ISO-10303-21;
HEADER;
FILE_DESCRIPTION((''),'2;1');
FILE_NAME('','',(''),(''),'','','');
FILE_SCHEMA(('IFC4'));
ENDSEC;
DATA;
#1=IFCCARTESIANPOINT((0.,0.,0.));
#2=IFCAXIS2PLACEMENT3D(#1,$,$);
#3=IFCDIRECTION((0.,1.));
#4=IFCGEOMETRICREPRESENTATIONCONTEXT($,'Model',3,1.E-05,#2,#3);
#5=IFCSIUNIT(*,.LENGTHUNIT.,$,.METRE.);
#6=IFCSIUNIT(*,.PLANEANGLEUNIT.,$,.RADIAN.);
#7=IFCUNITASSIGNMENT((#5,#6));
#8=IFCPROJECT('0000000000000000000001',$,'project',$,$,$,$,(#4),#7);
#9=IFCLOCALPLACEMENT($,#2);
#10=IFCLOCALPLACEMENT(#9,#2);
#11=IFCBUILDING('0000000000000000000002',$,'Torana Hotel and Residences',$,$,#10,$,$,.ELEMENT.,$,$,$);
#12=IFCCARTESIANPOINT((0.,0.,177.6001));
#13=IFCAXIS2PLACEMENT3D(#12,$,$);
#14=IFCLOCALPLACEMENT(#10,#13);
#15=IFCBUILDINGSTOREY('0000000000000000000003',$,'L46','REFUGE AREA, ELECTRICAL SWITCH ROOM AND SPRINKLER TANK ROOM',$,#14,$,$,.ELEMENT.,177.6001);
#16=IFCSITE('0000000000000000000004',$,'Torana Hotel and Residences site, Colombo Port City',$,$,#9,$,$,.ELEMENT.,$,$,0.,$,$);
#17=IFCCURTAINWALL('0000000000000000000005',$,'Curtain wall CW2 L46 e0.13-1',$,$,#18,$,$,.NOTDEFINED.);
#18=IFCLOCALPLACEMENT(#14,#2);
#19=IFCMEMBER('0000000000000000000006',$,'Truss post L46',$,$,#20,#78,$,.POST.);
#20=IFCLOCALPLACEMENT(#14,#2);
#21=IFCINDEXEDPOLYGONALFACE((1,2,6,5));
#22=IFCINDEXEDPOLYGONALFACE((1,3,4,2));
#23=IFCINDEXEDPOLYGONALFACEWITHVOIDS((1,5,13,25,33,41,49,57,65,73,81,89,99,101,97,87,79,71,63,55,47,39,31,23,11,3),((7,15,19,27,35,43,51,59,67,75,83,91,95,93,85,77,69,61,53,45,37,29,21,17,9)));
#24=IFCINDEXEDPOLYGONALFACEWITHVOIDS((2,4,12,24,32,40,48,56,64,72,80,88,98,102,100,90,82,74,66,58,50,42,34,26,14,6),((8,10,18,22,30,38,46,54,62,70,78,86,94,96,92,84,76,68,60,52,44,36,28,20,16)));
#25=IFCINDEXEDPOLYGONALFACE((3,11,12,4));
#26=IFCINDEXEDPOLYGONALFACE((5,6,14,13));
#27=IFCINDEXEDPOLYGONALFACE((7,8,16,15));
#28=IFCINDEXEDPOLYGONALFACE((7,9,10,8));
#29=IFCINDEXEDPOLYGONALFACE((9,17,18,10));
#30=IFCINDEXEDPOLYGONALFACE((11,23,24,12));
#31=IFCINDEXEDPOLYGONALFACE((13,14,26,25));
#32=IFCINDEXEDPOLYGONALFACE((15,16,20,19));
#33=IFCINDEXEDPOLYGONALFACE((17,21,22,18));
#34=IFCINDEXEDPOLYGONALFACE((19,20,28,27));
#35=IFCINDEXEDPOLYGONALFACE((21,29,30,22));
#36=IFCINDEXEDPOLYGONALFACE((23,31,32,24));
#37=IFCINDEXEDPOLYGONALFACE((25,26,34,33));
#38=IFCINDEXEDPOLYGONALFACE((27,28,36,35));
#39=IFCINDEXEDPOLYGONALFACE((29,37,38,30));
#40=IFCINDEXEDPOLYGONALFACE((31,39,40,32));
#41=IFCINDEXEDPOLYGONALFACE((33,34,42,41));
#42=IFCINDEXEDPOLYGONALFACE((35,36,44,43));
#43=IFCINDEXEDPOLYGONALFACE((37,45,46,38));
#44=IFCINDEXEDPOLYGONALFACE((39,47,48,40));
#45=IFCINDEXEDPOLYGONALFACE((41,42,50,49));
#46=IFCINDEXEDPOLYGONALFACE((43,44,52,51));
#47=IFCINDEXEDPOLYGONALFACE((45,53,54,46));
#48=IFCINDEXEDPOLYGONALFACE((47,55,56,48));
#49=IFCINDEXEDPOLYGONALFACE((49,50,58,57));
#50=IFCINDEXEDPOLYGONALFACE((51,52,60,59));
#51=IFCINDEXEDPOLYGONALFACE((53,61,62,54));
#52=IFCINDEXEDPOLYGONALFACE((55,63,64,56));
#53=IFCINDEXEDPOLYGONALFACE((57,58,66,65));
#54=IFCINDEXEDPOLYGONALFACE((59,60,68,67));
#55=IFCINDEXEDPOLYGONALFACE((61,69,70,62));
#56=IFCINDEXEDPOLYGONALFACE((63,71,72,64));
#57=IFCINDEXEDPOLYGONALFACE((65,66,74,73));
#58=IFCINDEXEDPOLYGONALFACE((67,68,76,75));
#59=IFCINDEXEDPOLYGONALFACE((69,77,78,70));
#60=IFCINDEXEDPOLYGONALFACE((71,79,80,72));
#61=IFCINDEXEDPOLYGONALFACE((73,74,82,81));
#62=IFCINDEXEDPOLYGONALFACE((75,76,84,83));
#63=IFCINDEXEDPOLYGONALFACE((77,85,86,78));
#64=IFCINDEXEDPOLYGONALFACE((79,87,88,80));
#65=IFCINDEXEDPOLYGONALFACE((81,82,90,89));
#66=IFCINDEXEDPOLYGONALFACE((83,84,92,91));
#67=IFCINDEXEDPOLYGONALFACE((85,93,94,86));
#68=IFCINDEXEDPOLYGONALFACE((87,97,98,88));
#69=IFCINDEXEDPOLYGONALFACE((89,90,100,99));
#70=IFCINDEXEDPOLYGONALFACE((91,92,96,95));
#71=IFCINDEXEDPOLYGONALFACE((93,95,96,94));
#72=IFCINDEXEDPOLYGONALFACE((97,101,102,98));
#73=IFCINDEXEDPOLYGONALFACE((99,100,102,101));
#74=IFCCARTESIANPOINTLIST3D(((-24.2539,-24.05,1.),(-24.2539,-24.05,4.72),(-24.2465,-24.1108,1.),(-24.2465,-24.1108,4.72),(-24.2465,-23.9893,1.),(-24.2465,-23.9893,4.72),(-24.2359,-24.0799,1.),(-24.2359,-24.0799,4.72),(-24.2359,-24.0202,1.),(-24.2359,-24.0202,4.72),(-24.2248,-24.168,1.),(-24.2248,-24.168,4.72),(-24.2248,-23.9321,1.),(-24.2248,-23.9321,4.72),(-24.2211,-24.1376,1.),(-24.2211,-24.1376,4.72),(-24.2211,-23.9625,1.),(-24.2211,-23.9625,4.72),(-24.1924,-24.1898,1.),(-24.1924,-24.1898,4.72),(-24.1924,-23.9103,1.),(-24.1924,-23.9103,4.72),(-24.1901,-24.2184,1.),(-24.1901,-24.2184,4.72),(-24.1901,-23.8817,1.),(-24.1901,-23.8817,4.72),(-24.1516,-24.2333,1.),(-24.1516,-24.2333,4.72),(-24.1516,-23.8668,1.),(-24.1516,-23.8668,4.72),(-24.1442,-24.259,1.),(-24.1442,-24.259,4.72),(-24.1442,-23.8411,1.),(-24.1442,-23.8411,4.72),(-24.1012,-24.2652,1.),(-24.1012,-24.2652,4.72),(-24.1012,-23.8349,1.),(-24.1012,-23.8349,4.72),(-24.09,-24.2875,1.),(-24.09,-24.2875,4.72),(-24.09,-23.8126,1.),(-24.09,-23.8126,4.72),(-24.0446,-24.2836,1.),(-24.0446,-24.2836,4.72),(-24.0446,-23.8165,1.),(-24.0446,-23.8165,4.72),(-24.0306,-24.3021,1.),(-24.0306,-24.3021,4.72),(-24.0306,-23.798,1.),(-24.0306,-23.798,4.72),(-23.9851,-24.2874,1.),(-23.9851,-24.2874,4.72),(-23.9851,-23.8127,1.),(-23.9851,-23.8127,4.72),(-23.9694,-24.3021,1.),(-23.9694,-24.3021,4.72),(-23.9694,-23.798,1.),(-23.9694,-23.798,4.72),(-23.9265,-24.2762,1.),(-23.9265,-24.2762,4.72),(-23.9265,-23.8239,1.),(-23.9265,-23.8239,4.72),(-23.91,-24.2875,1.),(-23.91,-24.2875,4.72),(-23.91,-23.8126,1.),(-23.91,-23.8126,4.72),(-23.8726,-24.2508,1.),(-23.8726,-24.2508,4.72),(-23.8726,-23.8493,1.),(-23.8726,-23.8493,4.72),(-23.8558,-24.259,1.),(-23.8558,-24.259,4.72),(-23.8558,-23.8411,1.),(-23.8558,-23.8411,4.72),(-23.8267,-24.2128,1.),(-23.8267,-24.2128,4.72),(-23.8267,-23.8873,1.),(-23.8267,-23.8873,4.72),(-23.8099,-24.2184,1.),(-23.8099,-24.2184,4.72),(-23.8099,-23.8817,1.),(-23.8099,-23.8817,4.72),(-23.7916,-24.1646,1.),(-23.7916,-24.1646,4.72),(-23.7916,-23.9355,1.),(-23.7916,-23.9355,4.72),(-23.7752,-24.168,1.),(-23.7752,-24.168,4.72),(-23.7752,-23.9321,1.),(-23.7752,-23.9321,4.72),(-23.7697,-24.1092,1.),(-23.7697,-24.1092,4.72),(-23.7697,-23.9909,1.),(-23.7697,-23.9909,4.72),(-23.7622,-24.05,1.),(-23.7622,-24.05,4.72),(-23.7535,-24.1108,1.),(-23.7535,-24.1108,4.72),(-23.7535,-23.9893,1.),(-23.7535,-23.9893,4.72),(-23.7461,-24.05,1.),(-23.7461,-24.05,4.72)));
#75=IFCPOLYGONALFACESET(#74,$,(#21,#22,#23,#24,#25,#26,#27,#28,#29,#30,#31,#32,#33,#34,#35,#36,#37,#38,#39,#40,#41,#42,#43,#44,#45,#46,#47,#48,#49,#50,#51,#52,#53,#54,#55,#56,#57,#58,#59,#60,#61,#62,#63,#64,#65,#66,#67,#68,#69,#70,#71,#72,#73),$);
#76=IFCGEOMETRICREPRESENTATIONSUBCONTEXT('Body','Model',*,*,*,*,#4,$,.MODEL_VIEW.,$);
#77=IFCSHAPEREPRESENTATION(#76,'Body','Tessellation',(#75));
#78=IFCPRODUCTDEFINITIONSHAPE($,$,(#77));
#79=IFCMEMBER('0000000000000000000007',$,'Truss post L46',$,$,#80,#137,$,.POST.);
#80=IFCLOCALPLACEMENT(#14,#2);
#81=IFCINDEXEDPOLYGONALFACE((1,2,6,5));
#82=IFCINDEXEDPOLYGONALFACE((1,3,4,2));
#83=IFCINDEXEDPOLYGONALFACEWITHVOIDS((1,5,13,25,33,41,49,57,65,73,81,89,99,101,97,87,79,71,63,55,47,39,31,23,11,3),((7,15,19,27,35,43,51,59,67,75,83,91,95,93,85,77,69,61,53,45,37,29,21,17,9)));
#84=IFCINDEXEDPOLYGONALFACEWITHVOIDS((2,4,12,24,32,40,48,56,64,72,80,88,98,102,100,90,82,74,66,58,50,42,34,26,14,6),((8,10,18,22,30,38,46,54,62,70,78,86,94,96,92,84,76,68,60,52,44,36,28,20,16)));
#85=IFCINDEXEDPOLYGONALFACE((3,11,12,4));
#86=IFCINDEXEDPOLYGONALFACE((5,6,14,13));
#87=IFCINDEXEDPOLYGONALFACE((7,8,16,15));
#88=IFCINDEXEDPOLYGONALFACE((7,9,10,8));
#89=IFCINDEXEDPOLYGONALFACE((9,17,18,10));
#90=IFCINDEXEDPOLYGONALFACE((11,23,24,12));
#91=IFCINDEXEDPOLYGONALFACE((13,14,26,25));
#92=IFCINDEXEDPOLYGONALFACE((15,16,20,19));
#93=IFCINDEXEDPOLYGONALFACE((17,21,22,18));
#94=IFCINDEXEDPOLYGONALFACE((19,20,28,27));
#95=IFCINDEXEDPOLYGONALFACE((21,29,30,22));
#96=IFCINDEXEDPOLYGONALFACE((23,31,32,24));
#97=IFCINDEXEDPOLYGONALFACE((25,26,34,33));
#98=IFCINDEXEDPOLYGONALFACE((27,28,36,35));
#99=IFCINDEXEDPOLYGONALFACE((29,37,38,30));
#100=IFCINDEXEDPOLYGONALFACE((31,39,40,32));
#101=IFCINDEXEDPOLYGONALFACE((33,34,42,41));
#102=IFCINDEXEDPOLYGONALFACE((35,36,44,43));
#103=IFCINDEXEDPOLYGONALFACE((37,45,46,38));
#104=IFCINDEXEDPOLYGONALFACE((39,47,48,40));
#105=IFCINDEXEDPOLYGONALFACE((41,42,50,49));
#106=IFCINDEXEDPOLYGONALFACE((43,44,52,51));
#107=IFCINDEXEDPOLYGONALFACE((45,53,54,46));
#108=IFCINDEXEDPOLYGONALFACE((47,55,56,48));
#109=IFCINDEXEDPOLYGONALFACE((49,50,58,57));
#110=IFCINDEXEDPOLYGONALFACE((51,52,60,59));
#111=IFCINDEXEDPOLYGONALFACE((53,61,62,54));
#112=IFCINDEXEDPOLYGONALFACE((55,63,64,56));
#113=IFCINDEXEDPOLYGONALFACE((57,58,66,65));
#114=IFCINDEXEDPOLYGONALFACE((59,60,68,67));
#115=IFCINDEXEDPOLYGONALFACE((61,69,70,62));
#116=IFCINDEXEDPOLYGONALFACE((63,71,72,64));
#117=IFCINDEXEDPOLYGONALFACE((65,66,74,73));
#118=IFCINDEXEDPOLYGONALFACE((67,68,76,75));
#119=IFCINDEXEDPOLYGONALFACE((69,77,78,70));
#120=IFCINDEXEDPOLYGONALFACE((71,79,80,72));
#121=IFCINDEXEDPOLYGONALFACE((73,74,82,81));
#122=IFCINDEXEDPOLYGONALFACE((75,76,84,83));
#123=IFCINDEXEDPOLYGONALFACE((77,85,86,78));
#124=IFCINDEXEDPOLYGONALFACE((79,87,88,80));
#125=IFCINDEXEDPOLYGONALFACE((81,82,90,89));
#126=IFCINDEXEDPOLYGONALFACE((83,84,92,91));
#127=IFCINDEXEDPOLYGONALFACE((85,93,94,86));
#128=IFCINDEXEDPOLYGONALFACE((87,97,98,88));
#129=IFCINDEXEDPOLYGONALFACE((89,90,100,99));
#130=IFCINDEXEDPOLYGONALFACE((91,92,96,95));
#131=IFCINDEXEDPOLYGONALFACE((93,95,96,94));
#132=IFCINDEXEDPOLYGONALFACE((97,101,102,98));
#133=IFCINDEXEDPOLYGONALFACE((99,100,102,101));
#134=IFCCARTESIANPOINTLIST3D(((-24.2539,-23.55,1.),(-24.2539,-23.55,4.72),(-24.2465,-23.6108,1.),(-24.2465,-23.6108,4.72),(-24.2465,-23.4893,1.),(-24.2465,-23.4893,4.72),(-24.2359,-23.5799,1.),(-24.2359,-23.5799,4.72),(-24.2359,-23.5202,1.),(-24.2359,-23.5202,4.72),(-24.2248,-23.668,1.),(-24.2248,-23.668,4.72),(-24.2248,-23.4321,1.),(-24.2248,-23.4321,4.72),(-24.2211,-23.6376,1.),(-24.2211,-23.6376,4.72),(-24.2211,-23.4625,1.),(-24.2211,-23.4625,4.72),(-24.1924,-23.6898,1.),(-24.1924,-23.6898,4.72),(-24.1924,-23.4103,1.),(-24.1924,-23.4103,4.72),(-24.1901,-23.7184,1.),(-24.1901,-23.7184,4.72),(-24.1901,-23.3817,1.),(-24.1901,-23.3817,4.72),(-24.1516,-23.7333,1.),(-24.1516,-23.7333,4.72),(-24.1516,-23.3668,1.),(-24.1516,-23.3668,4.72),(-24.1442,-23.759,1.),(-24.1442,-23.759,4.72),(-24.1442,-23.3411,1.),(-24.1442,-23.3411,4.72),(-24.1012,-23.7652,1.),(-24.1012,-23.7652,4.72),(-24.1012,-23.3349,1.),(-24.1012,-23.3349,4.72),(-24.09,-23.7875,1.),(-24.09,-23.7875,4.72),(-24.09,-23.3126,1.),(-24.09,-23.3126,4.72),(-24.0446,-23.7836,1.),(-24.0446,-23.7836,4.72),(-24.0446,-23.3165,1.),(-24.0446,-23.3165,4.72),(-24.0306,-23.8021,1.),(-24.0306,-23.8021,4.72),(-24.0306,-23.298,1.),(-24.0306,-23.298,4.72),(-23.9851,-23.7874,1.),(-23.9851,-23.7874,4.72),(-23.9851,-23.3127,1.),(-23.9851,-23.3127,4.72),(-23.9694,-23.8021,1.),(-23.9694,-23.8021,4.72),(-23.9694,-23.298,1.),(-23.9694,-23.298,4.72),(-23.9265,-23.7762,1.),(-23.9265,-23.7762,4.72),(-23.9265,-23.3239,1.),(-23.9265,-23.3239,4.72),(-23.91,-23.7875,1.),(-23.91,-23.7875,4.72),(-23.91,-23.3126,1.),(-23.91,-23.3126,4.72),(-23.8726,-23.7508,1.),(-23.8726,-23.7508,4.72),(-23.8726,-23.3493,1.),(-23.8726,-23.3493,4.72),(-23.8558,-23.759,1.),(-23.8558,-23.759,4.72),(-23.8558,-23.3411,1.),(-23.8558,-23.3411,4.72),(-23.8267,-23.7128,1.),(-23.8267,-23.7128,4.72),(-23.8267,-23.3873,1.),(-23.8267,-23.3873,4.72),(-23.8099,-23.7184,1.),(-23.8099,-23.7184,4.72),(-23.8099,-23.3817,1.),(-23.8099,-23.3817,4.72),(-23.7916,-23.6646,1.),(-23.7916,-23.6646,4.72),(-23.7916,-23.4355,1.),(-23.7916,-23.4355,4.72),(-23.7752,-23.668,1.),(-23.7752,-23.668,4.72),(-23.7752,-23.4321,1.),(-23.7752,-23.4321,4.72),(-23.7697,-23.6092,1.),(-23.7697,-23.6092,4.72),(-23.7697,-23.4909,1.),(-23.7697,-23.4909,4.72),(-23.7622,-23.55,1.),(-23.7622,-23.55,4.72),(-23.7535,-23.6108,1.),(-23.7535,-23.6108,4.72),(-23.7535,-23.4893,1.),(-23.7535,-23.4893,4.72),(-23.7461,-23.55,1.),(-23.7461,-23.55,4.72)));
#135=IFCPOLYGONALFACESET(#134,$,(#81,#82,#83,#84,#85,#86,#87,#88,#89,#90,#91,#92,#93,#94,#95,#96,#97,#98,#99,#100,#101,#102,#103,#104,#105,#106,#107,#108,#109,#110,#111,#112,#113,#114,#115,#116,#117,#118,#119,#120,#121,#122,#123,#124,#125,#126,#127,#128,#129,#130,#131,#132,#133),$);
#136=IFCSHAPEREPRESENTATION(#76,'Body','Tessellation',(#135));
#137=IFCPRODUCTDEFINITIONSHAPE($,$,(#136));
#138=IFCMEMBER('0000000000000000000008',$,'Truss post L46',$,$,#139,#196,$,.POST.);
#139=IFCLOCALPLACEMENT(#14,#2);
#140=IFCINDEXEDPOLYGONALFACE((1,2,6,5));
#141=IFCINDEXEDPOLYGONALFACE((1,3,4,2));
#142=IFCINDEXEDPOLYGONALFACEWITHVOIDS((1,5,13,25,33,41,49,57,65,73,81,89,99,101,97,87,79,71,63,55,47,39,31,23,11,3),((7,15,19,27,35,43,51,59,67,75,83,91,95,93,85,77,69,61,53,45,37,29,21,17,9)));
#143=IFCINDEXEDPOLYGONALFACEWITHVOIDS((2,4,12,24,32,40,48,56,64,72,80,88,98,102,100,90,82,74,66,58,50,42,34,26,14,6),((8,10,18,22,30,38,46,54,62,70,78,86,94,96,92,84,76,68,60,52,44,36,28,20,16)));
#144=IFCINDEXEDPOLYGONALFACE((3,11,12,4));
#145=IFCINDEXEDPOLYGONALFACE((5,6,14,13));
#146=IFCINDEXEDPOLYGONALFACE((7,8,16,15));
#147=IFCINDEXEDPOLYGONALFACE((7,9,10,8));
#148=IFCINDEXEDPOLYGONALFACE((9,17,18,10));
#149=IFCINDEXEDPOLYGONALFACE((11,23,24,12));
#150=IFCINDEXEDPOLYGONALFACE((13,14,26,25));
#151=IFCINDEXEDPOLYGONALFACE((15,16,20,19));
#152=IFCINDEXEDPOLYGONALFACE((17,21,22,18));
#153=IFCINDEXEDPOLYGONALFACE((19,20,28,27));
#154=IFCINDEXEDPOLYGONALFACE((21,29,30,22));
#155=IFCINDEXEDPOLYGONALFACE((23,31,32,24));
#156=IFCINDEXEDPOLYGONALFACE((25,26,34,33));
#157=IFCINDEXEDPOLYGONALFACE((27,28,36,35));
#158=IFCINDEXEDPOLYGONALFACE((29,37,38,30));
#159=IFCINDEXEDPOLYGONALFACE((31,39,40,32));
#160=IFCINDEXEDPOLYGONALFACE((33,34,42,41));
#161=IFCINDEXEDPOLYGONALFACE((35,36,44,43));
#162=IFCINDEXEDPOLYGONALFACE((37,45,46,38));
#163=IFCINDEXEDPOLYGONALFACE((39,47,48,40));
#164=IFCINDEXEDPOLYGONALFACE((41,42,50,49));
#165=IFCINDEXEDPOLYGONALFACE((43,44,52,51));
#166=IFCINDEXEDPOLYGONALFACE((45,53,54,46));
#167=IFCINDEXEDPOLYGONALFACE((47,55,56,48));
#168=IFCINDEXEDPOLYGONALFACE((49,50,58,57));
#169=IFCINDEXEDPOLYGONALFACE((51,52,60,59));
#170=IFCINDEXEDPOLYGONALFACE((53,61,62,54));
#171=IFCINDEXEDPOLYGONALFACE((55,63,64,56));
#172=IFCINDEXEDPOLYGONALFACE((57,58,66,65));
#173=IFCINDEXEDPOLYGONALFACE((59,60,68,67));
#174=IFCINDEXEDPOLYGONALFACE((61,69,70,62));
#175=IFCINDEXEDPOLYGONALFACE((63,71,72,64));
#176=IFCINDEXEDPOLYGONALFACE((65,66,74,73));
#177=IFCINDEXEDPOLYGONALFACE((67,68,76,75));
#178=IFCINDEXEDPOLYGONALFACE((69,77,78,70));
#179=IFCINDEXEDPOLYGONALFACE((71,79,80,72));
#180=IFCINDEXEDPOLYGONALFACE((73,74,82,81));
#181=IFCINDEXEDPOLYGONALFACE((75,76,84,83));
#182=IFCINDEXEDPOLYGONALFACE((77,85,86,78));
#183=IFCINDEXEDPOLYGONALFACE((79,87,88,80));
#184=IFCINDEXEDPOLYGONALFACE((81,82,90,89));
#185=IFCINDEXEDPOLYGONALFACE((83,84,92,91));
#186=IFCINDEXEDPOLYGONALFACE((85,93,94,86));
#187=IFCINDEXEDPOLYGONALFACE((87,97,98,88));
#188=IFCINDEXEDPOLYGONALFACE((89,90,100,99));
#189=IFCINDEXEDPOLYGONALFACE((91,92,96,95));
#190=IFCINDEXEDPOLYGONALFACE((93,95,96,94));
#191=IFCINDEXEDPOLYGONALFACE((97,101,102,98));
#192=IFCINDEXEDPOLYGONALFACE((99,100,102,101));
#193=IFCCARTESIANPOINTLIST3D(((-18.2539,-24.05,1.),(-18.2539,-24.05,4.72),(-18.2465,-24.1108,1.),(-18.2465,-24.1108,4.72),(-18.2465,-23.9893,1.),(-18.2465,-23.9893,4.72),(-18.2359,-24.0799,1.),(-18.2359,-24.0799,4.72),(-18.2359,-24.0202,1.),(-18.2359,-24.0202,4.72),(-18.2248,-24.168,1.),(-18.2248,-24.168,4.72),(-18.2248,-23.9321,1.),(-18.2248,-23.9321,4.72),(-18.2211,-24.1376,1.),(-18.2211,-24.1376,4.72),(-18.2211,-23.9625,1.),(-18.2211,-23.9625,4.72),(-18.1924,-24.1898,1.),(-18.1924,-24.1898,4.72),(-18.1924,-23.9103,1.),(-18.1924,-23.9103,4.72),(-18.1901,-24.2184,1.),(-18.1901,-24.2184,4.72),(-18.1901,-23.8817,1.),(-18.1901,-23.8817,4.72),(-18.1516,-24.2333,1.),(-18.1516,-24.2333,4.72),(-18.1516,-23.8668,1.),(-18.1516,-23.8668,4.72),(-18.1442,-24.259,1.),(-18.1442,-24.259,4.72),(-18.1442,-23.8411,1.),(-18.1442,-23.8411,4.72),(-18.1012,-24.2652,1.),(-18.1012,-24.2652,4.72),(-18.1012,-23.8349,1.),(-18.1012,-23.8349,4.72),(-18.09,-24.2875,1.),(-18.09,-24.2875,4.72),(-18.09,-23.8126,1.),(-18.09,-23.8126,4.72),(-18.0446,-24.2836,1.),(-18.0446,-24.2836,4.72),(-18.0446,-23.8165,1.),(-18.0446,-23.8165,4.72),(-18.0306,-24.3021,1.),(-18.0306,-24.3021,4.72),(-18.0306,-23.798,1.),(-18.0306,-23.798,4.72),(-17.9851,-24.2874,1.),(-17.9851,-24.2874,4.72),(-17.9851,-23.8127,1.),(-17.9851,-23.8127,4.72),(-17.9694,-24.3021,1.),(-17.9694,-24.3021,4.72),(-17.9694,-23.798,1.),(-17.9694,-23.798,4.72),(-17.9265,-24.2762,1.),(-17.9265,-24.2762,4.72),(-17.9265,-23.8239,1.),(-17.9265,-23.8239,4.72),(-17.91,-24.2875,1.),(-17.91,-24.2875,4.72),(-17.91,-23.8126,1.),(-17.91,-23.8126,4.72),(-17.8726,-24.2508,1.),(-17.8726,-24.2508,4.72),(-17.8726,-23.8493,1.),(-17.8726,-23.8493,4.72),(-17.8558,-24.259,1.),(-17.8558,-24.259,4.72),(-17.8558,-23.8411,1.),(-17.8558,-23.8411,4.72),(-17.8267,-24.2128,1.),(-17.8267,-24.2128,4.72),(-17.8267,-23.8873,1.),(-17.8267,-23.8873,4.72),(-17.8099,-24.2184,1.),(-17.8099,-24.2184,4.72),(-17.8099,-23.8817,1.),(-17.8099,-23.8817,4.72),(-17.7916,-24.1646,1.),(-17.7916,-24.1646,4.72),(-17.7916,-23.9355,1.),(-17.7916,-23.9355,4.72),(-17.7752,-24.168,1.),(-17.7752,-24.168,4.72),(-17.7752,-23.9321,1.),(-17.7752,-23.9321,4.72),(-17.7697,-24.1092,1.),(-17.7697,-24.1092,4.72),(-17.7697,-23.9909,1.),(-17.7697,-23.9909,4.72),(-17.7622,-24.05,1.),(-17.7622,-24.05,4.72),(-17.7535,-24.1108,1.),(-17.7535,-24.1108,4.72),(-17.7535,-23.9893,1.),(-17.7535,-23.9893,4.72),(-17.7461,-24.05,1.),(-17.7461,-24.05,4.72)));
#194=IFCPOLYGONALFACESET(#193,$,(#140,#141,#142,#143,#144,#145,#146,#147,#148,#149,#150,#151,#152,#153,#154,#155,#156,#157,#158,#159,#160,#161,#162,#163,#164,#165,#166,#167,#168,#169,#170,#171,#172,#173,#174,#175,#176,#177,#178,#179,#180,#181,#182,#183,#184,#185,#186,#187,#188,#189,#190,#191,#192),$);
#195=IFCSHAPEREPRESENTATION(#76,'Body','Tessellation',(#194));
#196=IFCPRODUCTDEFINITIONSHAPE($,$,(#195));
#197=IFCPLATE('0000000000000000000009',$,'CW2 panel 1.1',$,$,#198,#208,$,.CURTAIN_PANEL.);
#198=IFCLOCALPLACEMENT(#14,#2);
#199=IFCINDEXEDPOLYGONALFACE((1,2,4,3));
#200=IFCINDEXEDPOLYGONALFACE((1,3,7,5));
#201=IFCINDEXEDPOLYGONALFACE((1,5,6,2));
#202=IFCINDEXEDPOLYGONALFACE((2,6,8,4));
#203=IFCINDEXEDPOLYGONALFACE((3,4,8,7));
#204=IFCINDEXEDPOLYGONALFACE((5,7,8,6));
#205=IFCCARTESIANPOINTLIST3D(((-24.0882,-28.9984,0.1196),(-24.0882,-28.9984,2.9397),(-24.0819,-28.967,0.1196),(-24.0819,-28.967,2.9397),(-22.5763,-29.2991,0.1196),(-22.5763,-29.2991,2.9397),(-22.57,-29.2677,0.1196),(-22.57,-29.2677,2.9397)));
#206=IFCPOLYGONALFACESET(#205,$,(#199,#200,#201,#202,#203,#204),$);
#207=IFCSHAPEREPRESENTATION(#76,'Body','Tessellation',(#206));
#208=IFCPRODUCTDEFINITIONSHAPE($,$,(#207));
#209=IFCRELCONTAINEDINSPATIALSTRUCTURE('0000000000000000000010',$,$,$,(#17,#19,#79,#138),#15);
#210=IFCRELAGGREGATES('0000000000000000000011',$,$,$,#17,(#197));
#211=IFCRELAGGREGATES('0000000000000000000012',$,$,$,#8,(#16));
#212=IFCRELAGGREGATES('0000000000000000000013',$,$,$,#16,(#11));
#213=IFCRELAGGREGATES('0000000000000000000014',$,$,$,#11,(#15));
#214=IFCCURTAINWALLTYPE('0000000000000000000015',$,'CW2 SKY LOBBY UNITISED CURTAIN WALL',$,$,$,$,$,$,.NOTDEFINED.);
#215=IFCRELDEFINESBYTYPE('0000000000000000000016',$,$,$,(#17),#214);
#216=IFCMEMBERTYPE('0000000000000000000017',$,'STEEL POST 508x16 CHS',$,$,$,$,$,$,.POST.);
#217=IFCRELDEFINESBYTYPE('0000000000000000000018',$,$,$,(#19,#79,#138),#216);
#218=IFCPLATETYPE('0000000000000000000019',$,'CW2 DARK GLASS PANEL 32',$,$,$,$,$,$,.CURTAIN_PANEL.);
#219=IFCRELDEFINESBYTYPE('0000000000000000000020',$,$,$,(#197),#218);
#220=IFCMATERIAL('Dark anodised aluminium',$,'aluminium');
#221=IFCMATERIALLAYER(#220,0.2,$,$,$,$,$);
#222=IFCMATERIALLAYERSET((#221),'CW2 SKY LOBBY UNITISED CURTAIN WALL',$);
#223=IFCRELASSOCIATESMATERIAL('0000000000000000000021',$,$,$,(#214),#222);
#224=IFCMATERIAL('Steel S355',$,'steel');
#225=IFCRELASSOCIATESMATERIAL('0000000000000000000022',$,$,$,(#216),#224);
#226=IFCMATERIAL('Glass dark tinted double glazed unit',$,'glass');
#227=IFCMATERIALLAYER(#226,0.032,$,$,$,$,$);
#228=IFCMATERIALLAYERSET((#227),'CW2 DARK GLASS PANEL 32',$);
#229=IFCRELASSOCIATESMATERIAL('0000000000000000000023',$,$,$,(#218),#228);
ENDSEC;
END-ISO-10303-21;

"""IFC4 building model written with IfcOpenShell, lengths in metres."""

from ifc_helpers import new_model, si_unit, direction, frame, origin, origin_2d, place, context, subcontext, project, spatial, rectangle, hollow_circle, extrude, material, layer, layer_set, material_profile, profile_set, type_object, element, aggregate, save


model = new_model("IFC4")

# Units and contexts
model_context = context("Model", 3, precision=1e-05, world=origin(), true_north=direction((0.0, 1.0)))
body_context = subcontext(model_context, "Body", "Model", "MODEL_VIEW")
ifc_project = project(units=[si_unit("LENGTHUNIT", "METRE"), si_unit("PLANEANGLEUNIT", "RADIAN")], contexts=[model_context])

# Site, building, storey
site_placement = place(None, origin())
site = spatial("IfcSite", under=ifc_project, at=site_placement, Name="Torana Hotel and Residences site, Colombo Port City", CompositionType="ELEMENT", RefElevation=0.0)
building_placement = place(site_placement, origin())
building = spatial("IfcBuilding", under=site, at=building_placement, Name="Torana Hotel and Residences", CompositionType="ELEMENT")
storey_placement = place(building_placement, frame((0.0, 0.0, 177.6001)))
storey = spatial("IfcBuildingStorey", under=building, at=storey_placement, Name="L46", Description="REFUGE AREA, ELECTRICAL SWITCH ROOM AND SPRINKLER TANK ROOM", CompositionType="ELEMENT", Elevation=177.6001)

# Curtain wall
ifc_material_1 = material(Name="Dark anodised aluminium", Category="aluminium")
ifc_layer_1 = layer(ifc_material_1, 0.2)
ifc_layer_set_1 = layer_set([ifc_layer_1], Name="CW2 SKY LOBBY UNITISED CURTAIN WALL")
curtain_wall_type = type_object("IfcCurtainWallType", Name="CW2 SKY LOBBY UNITISED CURTAIN WALL", PredefinedType="NOTDEFINED", material=ifc_layer_set_1)
curtain_wall_1_placement = place(storey_placement, origin())
curtain_wall_1 = element("IfcCurtainWall", 1, at=curtain_wall_1_placement, inside=storey, type_object=curtain_wall_type, Name="Curtain wall CW2 L46 e0.13-1", PredefinedType="NOTDEFINED")

# Members
ifc_material_2 = material(Name="Steel S355", Category="steel")
ifc_material_profile_1 = material_profile(ifc_material_2, hollow_circle(Radius=0.2539, WallThickness=0.0161, at=origin_2d()), Name="508x16 CHS")
ifc_profile_set_1 = profile_set([ifc_material_profile_1], Name="Steel S355")
member_type_1 = type_object("IfcMemberType", Name="STEEL POST 508x16 CHS", PredefinedType="POST", material=ifc_profile_set_1)
for number, where, z_axis, x_axis, name in (
    (2, (-24.0, -24.05, 1.0), (0.0, 0.0, 1.0), (1.0, 0.0, 0.0), "Truss post L46"),
    (3, (-24.0, -23.55, 1.0), (0.0, 0.0, 1.0), (1.0, 0.0, 0.0), "Truss post L46"),
    (4, (-18.0, -24.05, 1.0), (0.0, 0.0, 1.0), (1.0, 0.0, 0.0), "Truss post L46"),
):
    element("IfcMember", number, at=place(storey_placement, frame(where, z_axis=z_axis, x_axis=x_axis)), inside=storey, type_object=member_type_1, Name=name, PredefinedType="POST", context=body_context, shape_type="SweptSolid", body=[
        extrude(hollow_circle(Radius=0.2539, WallThickness=0.0161, at=origin_2d()), origin(), (0.0, 0.0, 1.0), 3.72),
    ])

# Plate
ifc_material_3 = material(Name="Glass dark tinted double glazed unit", Category="glass")
ifc_layer_2 = layer(ifc_material_3, 0.032)
ifc_layer_set_2 = layer_set([ifc_layer_2], Name="CW2 DARK GLASS PANEL 32")
plate_type = type_object("IfcPlateType", Name="CW2 DARK GLASS PANEL 32", PredefinedType="CURTAIN_PANEL", material=ifc_layer_set_2)
plate_1_placement = place(storey_placement, frame((-23.3291, -29.1331, 0.1196), z_axis=(0.0, 0.0, 1.0), x_axis=(0.980791, -0.195064, 0.0)))
plate_1 = element("IfcPlate", 5, at=plate_1_placement, type_object=plate_type, Name="CW2 panel 1.1", PredefinedType="CURTAIN_PANEL", context=body_context, shape_type="SweptSolid", body=[
    extrude(rectangle(XDim=1.5415, YDim=0.032, at=origin_2d()), origin(), (0.0, 0.0, 1.0), 2.8201),
])
aggregate(curtain_wall_1, [plate_1])

save(model, "model.ifc")
